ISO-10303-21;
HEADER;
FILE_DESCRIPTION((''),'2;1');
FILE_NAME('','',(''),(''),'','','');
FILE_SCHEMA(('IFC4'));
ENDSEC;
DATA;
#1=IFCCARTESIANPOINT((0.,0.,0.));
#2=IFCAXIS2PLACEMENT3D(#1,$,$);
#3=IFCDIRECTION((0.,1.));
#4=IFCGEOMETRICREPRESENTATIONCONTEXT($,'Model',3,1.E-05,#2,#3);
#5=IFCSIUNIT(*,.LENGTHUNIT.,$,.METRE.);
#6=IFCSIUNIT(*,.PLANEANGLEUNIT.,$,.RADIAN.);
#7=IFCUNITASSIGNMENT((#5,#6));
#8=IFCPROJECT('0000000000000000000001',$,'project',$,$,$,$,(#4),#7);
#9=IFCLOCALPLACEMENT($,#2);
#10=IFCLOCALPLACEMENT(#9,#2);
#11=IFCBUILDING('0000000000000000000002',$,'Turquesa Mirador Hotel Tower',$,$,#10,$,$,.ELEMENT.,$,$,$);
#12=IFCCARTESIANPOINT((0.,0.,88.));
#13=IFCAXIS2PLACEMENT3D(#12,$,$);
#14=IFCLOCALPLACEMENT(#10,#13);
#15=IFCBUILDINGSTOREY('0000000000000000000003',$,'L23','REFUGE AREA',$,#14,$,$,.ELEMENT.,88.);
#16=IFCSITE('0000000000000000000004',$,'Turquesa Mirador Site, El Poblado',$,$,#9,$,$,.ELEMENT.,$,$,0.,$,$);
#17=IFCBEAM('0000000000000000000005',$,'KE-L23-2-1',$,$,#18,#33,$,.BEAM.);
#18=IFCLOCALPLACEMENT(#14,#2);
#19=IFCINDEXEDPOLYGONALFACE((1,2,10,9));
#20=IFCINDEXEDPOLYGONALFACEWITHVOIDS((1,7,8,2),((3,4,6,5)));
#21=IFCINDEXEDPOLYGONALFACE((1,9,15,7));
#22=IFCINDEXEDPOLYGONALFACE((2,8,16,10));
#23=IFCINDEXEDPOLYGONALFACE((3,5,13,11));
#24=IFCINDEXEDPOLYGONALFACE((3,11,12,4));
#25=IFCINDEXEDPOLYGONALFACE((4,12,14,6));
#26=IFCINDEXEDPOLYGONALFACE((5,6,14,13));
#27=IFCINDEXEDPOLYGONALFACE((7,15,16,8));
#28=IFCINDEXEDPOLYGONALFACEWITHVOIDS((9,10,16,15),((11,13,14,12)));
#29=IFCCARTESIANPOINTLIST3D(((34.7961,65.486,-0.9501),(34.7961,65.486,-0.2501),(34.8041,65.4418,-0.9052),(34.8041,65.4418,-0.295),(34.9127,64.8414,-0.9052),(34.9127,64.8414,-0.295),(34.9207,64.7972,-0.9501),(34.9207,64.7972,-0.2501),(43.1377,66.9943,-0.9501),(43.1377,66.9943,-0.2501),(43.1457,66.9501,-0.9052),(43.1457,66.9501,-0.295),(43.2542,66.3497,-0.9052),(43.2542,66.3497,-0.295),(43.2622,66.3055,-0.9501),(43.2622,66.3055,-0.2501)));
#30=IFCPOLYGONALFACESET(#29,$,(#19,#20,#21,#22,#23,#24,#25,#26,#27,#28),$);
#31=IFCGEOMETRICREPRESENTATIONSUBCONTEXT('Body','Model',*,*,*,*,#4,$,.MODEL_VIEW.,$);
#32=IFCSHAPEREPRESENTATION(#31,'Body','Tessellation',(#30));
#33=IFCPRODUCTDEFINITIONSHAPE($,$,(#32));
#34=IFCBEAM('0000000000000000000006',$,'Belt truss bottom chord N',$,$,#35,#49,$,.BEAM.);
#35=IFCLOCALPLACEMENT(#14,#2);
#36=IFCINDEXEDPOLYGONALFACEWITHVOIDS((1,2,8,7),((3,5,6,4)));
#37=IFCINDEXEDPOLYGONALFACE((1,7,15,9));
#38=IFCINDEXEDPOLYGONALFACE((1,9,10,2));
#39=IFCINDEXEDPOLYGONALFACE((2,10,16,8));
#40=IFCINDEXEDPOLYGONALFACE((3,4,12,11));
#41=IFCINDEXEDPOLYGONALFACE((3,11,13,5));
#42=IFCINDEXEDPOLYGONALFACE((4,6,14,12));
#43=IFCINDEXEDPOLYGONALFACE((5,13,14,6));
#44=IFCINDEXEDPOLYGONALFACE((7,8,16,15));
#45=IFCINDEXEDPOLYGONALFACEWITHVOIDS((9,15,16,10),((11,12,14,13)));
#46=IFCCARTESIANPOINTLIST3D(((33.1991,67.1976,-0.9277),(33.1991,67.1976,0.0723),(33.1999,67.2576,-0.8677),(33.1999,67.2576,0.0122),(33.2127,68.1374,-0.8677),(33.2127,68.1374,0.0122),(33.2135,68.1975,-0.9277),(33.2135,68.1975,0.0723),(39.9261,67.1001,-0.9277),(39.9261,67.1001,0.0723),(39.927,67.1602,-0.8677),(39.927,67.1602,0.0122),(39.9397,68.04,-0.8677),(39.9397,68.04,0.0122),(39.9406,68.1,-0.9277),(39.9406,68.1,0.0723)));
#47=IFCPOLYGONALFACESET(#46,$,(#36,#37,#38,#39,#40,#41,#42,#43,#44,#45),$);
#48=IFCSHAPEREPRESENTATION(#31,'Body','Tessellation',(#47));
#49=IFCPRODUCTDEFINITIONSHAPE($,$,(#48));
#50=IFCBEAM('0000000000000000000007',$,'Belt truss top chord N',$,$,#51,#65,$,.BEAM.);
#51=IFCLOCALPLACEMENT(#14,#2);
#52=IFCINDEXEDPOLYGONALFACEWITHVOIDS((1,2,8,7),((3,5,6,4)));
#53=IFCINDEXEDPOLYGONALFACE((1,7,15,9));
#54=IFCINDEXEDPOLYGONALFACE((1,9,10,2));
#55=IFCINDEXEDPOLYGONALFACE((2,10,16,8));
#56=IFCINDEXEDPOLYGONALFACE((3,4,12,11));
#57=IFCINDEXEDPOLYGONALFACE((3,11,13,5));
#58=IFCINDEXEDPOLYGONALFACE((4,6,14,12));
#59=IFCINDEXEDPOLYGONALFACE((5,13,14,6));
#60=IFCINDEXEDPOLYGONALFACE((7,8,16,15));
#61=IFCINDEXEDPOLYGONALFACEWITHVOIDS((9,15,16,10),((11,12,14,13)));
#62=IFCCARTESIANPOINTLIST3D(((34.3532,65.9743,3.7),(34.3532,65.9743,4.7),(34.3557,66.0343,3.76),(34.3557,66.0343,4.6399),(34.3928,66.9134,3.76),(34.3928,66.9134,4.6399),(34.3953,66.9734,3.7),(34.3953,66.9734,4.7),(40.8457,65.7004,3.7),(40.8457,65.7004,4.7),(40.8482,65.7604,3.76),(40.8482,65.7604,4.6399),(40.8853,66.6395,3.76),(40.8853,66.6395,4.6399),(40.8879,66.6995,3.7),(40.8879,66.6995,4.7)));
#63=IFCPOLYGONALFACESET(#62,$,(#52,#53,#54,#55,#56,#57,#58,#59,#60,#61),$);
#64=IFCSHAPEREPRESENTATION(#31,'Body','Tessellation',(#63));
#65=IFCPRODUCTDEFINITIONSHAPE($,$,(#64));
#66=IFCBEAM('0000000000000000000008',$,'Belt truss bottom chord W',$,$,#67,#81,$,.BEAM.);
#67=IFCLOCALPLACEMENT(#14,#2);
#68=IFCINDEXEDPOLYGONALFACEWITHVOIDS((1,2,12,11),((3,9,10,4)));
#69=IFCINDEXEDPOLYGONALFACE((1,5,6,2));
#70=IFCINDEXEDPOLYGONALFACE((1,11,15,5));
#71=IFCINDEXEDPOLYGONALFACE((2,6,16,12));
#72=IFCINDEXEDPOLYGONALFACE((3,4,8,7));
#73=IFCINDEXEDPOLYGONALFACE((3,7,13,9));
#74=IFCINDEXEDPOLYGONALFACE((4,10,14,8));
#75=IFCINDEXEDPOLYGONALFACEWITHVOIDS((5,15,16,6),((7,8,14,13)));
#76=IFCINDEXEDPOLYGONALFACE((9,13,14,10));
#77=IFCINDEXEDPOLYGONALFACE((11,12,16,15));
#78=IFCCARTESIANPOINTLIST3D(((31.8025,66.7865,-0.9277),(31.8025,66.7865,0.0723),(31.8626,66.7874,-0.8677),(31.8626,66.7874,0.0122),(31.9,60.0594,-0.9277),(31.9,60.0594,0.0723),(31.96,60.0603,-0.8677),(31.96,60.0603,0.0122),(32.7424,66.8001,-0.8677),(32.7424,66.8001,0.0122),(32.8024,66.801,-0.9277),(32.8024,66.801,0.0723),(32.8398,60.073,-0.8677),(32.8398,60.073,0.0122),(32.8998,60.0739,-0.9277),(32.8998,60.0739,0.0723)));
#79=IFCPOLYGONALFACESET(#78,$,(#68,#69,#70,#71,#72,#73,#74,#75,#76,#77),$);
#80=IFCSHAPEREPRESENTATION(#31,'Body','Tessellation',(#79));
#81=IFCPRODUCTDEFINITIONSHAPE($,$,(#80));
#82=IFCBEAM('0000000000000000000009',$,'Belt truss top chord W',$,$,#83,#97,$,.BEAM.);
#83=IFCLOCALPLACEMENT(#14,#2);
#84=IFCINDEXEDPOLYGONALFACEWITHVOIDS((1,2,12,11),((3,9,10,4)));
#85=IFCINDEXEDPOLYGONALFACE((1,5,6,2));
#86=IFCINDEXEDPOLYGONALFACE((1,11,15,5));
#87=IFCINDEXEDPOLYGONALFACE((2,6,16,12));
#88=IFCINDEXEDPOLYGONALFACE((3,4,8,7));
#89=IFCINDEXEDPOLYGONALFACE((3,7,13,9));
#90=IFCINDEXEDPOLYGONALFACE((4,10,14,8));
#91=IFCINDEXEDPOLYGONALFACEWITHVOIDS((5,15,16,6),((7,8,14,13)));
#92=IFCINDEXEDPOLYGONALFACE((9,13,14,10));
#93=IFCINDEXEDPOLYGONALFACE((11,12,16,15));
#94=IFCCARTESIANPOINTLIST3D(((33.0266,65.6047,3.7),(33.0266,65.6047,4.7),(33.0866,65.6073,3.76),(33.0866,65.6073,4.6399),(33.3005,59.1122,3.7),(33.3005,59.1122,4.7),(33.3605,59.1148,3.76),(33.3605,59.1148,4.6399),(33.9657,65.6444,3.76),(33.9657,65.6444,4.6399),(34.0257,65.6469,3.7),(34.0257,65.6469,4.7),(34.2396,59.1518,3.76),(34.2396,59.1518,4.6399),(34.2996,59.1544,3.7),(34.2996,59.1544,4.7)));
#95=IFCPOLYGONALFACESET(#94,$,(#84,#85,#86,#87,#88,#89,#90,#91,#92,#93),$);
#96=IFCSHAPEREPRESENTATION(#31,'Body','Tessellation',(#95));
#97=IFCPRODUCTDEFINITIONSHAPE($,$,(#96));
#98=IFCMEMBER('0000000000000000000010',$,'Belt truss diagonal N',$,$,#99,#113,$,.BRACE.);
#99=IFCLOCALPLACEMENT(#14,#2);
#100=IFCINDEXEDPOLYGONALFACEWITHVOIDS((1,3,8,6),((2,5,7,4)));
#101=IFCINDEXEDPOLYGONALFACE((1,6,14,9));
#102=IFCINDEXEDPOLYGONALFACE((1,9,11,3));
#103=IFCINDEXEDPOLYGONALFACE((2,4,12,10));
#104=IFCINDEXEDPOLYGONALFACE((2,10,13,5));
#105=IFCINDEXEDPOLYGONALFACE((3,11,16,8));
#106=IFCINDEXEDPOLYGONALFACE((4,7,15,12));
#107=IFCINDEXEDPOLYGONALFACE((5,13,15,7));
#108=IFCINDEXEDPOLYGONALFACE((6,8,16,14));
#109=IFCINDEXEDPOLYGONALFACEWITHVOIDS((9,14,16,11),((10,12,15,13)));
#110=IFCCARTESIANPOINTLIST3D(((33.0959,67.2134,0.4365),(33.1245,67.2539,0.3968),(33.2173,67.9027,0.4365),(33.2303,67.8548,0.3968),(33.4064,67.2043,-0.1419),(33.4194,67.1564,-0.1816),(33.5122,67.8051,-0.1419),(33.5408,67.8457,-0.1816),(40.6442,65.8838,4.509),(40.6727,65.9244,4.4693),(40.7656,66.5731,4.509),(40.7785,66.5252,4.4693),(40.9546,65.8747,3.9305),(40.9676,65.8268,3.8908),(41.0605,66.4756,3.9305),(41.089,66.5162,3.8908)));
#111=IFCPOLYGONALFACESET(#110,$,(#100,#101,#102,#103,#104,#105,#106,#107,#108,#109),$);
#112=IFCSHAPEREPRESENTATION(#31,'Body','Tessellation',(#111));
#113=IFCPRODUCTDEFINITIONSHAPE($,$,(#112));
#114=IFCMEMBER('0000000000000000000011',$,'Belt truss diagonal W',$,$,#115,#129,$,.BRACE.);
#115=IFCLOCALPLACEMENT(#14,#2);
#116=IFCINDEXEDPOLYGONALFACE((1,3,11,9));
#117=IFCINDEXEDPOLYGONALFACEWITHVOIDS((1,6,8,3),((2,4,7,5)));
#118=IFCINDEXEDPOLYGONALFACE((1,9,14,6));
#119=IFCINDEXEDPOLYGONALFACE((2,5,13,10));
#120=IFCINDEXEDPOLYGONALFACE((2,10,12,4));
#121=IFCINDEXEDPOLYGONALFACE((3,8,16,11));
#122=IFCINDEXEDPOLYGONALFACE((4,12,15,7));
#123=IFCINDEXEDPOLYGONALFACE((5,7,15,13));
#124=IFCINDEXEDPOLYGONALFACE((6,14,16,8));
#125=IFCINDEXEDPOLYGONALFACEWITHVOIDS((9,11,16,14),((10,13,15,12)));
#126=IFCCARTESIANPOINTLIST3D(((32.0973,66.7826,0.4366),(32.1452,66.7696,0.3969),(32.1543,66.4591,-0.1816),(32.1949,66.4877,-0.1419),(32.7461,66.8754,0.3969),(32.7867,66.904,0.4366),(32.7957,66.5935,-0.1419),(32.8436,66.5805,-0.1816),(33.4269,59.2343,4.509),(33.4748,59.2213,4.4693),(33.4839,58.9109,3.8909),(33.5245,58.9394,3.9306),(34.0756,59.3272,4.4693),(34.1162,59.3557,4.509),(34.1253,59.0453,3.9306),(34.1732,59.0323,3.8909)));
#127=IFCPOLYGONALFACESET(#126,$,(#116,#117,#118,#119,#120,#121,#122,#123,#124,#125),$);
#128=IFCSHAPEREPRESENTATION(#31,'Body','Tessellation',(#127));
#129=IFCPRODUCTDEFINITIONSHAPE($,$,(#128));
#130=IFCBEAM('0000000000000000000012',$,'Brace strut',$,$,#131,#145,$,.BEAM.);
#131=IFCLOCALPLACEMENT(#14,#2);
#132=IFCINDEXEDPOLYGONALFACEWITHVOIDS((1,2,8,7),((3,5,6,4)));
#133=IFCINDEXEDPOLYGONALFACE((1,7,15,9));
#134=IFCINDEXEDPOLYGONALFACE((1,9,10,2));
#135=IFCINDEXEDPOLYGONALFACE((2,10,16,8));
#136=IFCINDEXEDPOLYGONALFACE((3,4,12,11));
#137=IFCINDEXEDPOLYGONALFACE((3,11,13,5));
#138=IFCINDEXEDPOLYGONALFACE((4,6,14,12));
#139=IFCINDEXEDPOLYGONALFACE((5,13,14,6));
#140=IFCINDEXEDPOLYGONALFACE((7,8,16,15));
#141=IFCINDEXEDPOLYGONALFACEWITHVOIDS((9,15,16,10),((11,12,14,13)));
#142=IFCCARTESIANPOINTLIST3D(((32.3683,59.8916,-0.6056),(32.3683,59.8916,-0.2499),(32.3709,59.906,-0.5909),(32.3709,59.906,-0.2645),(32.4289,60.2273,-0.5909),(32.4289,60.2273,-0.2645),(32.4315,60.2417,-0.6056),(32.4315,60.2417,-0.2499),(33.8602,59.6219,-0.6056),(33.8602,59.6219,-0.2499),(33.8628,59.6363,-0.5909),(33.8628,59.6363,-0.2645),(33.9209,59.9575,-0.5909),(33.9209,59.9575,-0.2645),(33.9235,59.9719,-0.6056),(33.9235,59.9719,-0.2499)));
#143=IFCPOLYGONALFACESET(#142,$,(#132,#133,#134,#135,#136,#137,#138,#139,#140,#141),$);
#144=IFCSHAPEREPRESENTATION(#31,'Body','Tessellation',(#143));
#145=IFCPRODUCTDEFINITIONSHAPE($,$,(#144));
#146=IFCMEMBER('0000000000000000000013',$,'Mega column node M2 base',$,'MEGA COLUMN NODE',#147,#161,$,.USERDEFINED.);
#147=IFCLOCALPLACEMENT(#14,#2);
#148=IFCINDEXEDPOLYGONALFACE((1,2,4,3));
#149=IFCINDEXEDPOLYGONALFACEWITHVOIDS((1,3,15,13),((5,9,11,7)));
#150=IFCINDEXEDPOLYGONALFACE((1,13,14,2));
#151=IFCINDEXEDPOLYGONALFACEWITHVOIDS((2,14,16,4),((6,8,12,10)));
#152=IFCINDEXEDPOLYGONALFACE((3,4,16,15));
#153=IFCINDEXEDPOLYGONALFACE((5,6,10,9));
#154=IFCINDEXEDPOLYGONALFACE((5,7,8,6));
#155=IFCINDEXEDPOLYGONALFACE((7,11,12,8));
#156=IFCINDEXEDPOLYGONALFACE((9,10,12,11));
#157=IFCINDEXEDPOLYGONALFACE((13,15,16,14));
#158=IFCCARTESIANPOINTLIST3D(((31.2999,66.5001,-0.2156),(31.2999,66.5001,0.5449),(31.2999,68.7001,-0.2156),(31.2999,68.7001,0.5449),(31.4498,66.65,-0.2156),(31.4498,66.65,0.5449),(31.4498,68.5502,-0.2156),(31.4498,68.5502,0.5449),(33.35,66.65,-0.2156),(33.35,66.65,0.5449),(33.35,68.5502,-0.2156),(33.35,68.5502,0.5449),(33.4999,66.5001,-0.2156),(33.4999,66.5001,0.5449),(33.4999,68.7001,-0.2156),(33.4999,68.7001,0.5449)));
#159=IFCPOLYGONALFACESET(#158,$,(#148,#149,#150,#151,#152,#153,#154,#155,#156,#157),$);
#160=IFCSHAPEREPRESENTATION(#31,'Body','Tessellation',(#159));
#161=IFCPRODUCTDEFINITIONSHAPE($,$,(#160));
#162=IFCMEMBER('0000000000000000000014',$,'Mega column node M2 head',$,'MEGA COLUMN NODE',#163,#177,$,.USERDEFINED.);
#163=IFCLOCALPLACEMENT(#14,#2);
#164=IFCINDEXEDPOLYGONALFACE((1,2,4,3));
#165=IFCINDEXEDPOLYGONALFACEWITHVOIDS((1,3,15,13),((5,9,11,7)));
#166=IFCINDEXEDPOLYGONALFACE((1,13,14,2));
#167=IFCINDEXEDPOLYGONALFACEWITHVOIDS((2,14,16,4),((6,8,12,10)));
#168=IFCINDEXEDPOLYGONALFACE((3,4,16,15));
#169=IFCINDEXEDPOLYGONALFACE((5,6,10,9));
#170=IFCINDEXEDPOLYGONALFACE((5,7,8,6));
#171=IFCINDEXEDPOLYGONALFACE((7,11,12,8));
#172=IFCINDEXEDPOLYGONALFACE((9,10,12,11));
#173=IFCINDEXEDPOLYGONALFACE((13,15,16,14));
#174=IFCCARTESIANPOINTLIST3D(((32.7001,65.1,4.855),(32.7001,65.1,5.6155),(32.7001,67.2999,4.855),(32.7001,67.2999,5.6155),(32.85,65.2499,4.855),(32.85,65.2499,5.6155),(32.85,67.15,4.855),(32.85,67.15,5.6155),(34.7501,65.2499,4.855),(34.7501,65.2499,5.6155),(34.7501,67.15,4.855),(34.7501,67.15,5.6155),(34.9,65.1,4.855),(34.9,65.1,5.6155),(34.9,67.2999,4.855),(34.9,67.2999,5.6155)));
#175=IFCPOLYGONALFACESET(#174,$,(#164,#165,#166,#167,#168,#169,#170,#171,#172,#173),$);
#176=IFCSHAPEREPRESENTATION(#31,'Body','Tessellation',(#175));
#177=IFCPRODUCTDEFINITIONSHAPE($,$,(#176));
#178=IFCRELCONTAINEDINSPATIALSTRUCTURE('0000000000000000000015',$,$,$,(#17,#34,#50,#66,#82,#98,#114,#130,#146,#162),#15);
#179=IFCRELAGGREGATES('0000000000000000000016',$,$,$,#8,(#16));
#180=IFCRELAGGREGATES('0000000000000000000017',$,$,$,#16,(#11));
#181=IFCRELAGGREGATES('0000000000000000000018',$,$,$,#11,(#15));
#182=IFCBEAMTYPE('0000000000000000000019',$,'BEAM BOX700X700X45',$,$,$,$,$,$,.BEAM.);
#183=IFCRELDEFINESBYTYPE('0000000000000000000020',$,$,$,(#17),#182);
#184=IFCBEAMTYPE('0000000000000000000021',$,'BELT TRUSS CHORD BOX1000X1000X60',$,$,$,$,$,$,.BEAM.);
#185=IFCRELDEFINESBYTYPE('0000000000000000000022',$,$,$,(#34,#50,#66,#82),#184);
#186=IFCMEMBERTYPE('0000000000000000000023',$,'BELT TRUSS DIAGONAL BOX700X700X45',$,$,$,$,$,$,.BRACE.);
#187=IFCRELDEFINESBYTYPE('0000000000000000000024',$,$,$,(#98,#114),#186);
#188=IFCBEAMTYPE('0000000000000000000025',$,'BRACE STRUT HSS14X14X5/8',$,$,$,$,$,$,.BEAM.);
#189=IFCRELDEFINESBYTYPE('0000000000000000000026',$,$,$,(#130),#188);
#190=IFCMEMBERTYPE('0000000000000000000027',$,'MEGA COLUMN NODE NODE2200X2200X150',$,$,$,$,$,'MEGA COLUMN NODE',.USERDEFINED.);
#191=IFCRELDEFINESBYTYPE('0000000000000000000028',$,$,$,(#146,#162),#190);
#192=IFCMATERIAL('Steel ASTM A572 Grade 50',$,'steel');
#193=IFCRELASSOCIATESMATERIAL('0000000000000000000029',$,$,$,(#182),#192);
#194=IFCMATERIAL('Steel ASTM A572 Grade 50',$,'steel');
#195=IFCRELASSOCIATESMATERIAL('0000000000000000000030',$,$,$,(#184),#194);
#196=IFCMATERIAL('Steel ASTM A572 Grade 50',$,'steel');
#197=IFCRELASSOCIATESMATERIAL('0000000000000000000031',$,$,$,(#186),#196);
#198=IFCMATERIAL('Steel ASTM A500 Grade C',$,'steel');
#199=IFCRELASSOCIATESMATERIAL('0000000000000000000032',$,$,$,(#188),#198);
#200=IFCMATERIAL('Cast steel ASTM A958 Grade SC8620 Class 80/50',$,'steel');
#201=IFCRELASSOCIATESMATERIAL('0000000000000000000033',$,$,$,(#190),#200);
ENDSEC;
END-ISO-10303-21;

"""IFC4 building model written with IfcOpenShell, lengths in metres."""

from ifc_helpers import new_model, si_unit, direction, frame, origin, origin_2d, place, context, subcontext, project, spatial, hollow_rectangle, extrude, material, material_profile, profile_set, type_object, element, save


model = new_model("IFC4")

# Units and contexts
model_context = context("Model", 3, precision=1e-05, world=origin(), true_north=direction((0.0, 1.0)))
body_context = subcontext(model_context, "Body", "Model", "MODEL_VIEW")
ifc_project = project(units=[si_unit("LENGTHUNIT", "METRE"), si_unit("PLANEANGLEUNIT", "RADIAN")], contexts=[model_context])

# Site, building, storey
site_placement = place(None, origin())
site = spatial("IfcSite", under=ifc_project, at=site_placement, Name="Turquesa Mirador Site, El Poblado", CompositionType="ELEMENT", RefElevation=0.0)
building_placement = place(site_placement, origin())
building = spatial("IfcBuilding", under=site, at=building_placement, Name="Turquesa Mirador Hotel Tower", CompositionType="ELEMENT")
storey_placement = place(building_placement, frame((0.0, 0.0, 88.0)))
storey = spatial("IfcBuildingStorey", under=building, at=storey_placement, Name="L23", Description="REFUGE AREA", CompositionType="ELEMENT", Elevation=88.0)

# Beams
ifc_material_1 = material(Name="Steel ASTM A572 Grade 50", Category="steel")
ifc_material_profile_1 = material_profile(ifc_material_1, hollow_rectangle(XDim=0.7, YDim=0.7, WallThickness=0.0449, at=origin_2d()), Name="BOX700X700X45")
ifc_profile_set_1 = profile_set([ifc_material_profile_1], Name="Steel ASTM A572 Grade 50")
beam_type_1 = type_object("IfcBeamType", Name="BEAM BOX700X700X45", PredefinedType="BEAM", material=ifc_profile_set_1)
beam_1_placement = place(storey_placement, frame((34.8584, 65.1416, -0.6001), z_axis=(0.984043, 0.177932, 0.0), x_axis=(-0.177932, 0.984043, 0.0)))
element("IfcBeam", 1, at=beam_1_placement, inside=storey, type_object=beam_type_1, Name="KE-L23-2-1", PredefinedType="BEAM", context=body_context, shape_type="SweptSolid", body=[
    extrude(hollow_rectangle(XDim=0.7, YDim=0.7, WallThickness=0.0449, at=origin_2d()), origin(), (0.0, 0.0, 1.0), 8.4768),
])
ifc_material_2 = material(Name="Steel ASTM A572 Grade 50", Category="steel")
ifc_material_profile_2 = material_profile(ifc_material_2, hollow_rectangle(XDim=1.0, YDim=1.0, WallThickness=0.0601, at=origin_2d()), Name="BOX1000X1000X60")
ifc_profile_set_2 = profile_set([ifc_material_profile_2], Name="Steel ASTM A572 Grade 50")
beam_type_2 = type_object("IfcBeamType", Name="BELT TRUSS CHORD BOX1000X1000X60", PredefinedType="BEAM", material=ifc_profile_set_2)
beam_2_placement = place(storey_placement, frame((33.2063, 67.6975, -0.4277), z_axis=(0.999895, -0.014479, 0.0), x_axis=(0.014479, 0.999895, 0.0)))
element("IfcBeam", 2, at=beam_2_placement, inside=storey, type_object=beam_type_2, Name="Belt truss bottom chord N", PredefinedType="BEAM", context=body_context, shape_type="SweptSolid", body=[
    extrude(hollow_rectangle(XDim=1.0, YDim=1.0, WallThickness=0.0601, at=origin_2d()), origin(), (0.0, 0.0, 1.0), 6.7278),
])
beam_3_placement = place(storey_placement, frame((34.3743, 66.4739, 4.2), z_axis=(0.999111, -0.042154, 0.0), x_axis=(0.042154, 0.999111, 0.0)))
element("IfcBeam", 3, at=beam_3_placement, inside=storey, type_object=beam_type_2, Name="Belt truss top chord N", PredefinedType="BEAM", context=body_context, shape_type="SweptSolid", body=[
    extrude(hollow_rectangle(XDim=1.0, YDim=1.0, WallThickness=0.0601, at=origin_2d()), origin(), (0.0, 0.0, 1.0), 6.4983),
])
beam_4_placement = place(storey_placement, frame((32.3999, 60.0667, -0.4277), z_axis=(-0.014479, 0.999895, 0.0), x_axis=(-0.999895, -0.014479, 0.0)))
element("IfcBeam", 4, at=beam_4_placement, inside=storey, type_object=beam_type_2, Name="Belt truss bottom chord W", PredefinedType="BEAM", context=body_context, shape_type="SweptSolid", body=[
    extrude(hollow_rectangle(XDim=1.0, YDim=1.0, WallThickness=0.0601, at=origin_2d()), origin(), (0.0, 0.0, 1.0), 6.7278),
])
beam_5_placement = place(storey_placement, frame((33.8, 59.1333, 4.2), z_axis=(-0.042154, 0.999111, 0.0), x_axis=(-0.999111, -0.042154, 0.0)))
element("IfcBeam", 5, at=beam_5_placement, inside=storey, type_object=beam_type_2, Name="Belt truss top chord W", PredefinedType="BEAM", context=body_context, shape_type="SweptSolid", body=[
    extrude(hollow_rectangle(XDim=1.0, YDim=1.0, WallThickness=0.0601, at=origin_2d()), origin(), (0.0, 0.0, 1.0), 6.4983),
])

# Members
ifc_material_3 = material(Name="Steel ASTM A572 Grade 50", Category="steel")
ifc_material_profile_3 = material_profile(ifc_material_3, hollow_rectangle(XDim=0.7, YDim=0.7, WallThickness=0.0449, at=origin_2d()), Name="BOX700X700X45")
ifc_profile_set_3 = profile_set([ifc_material_profile_3], Name="Steel ASTM A572 Grade 50")
member_type_1 = type_object("IfcMemberType", Name="BELT TRUSS DIAGONAL BOX700X700X45", PredefinedType="BRACE", material=ifc_profile_set_3)
for number, where, z_axis, x_axis, name in (
    (6, (33.3184, 67.5295, 0.1274), (0.869693, -0.153191, 0.46922), (0.173473, 0.984839, 0.0), "Belt truss diagonal N"),
    (7, (33.8, 59.1333, 4.2), (-0.153191, 0.869693, -0.46922), (-0.984839, -0.173473, 0.0), "Belt truss diagonal W"),
):
    element("IfcMember", number, at=place(storey_placement, frame(where, z_axis=z_axis, x_axis=x_axis)), inside=storey, type_object=member_type_1, Name=name, PredefinedType="BRACE", context=body_context, shape_type="SweptSolid", body=[
        extrude(hollow_rectangle(XDim=0.7, YDim=0.7, WallThickness=0.0449, at=origin_2d()), origin(), (0.0, 0.0, 1.0), 8.6792),
    ])

# Beam
ifc_material_4 = material(Name="Steel ASTM A500 Grade C", Category="steel")
ifc_material_profile_4 = material_profile(ifc_material_4, hollow_rectangle(XDim=0.3557, YDim=0.3557, WallThickness=0.0146, at=origin_2d()), Name="HSS14X14X5/8")
ifc_profile_set_4 = profile_set([ifc_material_profile_4], Name="Steel ASTM A500 Grade C")
beam_type_3 = type_object("IfcBeamType", Name="BRACE STRUT HSS14X14X5/8", PredefinedType="BEAM", material=ifc_profile_set_4)
beam_6_placement = place(storey_placement, frame((32.3999, 60.0667, -0.4277), z_axis=(0.984042, -0.177936, 0.0), x_axis=(0.177936, 0.984042, 0.0)))
element("IfcBeam", 8, at=beam_6_placement, inside=storey, type_object=beam_type_3, Name="Brace strut", PredefinedType="BEAM", context=body_context, shape_type="SweptSolid", body=[
    extrude(hollow_rectangle(XDim=0.3557, YDim=0.3557, WallThickness=0.0146, at=origin_2d()), origin(), (0.0, 0.0, 1.0), 1.5161),
])

# Members
ifc_material_5 = material(Name="Cast steel ASTM A958 Grade SC8620 Class 80/50", Category="steel")
ifc_material_profile_5 = material_profile(ifc_material_5, hollow_rectangle(XDim=2.2, YDim=2.2, WallThickness=0.1499, at=origin_2d()), Name="NODE2200X2200X150")
ifc_profile_set_5 = profile_set([ifc_material_profile_5], Name="Cast steel ASTM A958 Grade SC8620 Class 80/50")
member_type_2 = type_object("IfcMemberType", Name="MEGA COLUMN NODE NODE2200X2200X150", ElementType="MEGA COLUMN NODE", PredefinedType="USERDEFINED", material=ifc_profile_set_5)
for number, where, z_axis, x_axis, name in (
    (9, (32.3999, 67.6001, -0.2156), (0.0, 0.0, 1.0), (1.0, 0.0, 0.0), "Mega column node M2 base"),
    (10, (33.8, 66.2, 4.855), (0.0, 0.0, 1.0), (1.0, 0.0, 0.0), "Mega column node M2 head"),
):
    element("IfcMember", number, at=place(storey_placement, frame(where, z_axis=z_axis, x_axis=x_axis)), inside=storey, type_object=member_type_2, Name=name, ObjectType="MEGA COLUMN NODE", PredefinedType="USERDEFINED", context=body_context, shape_type="SweptSolid", body=[
        extrude(hollow_rectangle(XDim=2.2, YDim=2.2, WallThickness=0.1499, at=origin_2d()), origin(), (0.0, 0.0, 1.0), 0.7605),
    ])

save(model, "model.ifc")
